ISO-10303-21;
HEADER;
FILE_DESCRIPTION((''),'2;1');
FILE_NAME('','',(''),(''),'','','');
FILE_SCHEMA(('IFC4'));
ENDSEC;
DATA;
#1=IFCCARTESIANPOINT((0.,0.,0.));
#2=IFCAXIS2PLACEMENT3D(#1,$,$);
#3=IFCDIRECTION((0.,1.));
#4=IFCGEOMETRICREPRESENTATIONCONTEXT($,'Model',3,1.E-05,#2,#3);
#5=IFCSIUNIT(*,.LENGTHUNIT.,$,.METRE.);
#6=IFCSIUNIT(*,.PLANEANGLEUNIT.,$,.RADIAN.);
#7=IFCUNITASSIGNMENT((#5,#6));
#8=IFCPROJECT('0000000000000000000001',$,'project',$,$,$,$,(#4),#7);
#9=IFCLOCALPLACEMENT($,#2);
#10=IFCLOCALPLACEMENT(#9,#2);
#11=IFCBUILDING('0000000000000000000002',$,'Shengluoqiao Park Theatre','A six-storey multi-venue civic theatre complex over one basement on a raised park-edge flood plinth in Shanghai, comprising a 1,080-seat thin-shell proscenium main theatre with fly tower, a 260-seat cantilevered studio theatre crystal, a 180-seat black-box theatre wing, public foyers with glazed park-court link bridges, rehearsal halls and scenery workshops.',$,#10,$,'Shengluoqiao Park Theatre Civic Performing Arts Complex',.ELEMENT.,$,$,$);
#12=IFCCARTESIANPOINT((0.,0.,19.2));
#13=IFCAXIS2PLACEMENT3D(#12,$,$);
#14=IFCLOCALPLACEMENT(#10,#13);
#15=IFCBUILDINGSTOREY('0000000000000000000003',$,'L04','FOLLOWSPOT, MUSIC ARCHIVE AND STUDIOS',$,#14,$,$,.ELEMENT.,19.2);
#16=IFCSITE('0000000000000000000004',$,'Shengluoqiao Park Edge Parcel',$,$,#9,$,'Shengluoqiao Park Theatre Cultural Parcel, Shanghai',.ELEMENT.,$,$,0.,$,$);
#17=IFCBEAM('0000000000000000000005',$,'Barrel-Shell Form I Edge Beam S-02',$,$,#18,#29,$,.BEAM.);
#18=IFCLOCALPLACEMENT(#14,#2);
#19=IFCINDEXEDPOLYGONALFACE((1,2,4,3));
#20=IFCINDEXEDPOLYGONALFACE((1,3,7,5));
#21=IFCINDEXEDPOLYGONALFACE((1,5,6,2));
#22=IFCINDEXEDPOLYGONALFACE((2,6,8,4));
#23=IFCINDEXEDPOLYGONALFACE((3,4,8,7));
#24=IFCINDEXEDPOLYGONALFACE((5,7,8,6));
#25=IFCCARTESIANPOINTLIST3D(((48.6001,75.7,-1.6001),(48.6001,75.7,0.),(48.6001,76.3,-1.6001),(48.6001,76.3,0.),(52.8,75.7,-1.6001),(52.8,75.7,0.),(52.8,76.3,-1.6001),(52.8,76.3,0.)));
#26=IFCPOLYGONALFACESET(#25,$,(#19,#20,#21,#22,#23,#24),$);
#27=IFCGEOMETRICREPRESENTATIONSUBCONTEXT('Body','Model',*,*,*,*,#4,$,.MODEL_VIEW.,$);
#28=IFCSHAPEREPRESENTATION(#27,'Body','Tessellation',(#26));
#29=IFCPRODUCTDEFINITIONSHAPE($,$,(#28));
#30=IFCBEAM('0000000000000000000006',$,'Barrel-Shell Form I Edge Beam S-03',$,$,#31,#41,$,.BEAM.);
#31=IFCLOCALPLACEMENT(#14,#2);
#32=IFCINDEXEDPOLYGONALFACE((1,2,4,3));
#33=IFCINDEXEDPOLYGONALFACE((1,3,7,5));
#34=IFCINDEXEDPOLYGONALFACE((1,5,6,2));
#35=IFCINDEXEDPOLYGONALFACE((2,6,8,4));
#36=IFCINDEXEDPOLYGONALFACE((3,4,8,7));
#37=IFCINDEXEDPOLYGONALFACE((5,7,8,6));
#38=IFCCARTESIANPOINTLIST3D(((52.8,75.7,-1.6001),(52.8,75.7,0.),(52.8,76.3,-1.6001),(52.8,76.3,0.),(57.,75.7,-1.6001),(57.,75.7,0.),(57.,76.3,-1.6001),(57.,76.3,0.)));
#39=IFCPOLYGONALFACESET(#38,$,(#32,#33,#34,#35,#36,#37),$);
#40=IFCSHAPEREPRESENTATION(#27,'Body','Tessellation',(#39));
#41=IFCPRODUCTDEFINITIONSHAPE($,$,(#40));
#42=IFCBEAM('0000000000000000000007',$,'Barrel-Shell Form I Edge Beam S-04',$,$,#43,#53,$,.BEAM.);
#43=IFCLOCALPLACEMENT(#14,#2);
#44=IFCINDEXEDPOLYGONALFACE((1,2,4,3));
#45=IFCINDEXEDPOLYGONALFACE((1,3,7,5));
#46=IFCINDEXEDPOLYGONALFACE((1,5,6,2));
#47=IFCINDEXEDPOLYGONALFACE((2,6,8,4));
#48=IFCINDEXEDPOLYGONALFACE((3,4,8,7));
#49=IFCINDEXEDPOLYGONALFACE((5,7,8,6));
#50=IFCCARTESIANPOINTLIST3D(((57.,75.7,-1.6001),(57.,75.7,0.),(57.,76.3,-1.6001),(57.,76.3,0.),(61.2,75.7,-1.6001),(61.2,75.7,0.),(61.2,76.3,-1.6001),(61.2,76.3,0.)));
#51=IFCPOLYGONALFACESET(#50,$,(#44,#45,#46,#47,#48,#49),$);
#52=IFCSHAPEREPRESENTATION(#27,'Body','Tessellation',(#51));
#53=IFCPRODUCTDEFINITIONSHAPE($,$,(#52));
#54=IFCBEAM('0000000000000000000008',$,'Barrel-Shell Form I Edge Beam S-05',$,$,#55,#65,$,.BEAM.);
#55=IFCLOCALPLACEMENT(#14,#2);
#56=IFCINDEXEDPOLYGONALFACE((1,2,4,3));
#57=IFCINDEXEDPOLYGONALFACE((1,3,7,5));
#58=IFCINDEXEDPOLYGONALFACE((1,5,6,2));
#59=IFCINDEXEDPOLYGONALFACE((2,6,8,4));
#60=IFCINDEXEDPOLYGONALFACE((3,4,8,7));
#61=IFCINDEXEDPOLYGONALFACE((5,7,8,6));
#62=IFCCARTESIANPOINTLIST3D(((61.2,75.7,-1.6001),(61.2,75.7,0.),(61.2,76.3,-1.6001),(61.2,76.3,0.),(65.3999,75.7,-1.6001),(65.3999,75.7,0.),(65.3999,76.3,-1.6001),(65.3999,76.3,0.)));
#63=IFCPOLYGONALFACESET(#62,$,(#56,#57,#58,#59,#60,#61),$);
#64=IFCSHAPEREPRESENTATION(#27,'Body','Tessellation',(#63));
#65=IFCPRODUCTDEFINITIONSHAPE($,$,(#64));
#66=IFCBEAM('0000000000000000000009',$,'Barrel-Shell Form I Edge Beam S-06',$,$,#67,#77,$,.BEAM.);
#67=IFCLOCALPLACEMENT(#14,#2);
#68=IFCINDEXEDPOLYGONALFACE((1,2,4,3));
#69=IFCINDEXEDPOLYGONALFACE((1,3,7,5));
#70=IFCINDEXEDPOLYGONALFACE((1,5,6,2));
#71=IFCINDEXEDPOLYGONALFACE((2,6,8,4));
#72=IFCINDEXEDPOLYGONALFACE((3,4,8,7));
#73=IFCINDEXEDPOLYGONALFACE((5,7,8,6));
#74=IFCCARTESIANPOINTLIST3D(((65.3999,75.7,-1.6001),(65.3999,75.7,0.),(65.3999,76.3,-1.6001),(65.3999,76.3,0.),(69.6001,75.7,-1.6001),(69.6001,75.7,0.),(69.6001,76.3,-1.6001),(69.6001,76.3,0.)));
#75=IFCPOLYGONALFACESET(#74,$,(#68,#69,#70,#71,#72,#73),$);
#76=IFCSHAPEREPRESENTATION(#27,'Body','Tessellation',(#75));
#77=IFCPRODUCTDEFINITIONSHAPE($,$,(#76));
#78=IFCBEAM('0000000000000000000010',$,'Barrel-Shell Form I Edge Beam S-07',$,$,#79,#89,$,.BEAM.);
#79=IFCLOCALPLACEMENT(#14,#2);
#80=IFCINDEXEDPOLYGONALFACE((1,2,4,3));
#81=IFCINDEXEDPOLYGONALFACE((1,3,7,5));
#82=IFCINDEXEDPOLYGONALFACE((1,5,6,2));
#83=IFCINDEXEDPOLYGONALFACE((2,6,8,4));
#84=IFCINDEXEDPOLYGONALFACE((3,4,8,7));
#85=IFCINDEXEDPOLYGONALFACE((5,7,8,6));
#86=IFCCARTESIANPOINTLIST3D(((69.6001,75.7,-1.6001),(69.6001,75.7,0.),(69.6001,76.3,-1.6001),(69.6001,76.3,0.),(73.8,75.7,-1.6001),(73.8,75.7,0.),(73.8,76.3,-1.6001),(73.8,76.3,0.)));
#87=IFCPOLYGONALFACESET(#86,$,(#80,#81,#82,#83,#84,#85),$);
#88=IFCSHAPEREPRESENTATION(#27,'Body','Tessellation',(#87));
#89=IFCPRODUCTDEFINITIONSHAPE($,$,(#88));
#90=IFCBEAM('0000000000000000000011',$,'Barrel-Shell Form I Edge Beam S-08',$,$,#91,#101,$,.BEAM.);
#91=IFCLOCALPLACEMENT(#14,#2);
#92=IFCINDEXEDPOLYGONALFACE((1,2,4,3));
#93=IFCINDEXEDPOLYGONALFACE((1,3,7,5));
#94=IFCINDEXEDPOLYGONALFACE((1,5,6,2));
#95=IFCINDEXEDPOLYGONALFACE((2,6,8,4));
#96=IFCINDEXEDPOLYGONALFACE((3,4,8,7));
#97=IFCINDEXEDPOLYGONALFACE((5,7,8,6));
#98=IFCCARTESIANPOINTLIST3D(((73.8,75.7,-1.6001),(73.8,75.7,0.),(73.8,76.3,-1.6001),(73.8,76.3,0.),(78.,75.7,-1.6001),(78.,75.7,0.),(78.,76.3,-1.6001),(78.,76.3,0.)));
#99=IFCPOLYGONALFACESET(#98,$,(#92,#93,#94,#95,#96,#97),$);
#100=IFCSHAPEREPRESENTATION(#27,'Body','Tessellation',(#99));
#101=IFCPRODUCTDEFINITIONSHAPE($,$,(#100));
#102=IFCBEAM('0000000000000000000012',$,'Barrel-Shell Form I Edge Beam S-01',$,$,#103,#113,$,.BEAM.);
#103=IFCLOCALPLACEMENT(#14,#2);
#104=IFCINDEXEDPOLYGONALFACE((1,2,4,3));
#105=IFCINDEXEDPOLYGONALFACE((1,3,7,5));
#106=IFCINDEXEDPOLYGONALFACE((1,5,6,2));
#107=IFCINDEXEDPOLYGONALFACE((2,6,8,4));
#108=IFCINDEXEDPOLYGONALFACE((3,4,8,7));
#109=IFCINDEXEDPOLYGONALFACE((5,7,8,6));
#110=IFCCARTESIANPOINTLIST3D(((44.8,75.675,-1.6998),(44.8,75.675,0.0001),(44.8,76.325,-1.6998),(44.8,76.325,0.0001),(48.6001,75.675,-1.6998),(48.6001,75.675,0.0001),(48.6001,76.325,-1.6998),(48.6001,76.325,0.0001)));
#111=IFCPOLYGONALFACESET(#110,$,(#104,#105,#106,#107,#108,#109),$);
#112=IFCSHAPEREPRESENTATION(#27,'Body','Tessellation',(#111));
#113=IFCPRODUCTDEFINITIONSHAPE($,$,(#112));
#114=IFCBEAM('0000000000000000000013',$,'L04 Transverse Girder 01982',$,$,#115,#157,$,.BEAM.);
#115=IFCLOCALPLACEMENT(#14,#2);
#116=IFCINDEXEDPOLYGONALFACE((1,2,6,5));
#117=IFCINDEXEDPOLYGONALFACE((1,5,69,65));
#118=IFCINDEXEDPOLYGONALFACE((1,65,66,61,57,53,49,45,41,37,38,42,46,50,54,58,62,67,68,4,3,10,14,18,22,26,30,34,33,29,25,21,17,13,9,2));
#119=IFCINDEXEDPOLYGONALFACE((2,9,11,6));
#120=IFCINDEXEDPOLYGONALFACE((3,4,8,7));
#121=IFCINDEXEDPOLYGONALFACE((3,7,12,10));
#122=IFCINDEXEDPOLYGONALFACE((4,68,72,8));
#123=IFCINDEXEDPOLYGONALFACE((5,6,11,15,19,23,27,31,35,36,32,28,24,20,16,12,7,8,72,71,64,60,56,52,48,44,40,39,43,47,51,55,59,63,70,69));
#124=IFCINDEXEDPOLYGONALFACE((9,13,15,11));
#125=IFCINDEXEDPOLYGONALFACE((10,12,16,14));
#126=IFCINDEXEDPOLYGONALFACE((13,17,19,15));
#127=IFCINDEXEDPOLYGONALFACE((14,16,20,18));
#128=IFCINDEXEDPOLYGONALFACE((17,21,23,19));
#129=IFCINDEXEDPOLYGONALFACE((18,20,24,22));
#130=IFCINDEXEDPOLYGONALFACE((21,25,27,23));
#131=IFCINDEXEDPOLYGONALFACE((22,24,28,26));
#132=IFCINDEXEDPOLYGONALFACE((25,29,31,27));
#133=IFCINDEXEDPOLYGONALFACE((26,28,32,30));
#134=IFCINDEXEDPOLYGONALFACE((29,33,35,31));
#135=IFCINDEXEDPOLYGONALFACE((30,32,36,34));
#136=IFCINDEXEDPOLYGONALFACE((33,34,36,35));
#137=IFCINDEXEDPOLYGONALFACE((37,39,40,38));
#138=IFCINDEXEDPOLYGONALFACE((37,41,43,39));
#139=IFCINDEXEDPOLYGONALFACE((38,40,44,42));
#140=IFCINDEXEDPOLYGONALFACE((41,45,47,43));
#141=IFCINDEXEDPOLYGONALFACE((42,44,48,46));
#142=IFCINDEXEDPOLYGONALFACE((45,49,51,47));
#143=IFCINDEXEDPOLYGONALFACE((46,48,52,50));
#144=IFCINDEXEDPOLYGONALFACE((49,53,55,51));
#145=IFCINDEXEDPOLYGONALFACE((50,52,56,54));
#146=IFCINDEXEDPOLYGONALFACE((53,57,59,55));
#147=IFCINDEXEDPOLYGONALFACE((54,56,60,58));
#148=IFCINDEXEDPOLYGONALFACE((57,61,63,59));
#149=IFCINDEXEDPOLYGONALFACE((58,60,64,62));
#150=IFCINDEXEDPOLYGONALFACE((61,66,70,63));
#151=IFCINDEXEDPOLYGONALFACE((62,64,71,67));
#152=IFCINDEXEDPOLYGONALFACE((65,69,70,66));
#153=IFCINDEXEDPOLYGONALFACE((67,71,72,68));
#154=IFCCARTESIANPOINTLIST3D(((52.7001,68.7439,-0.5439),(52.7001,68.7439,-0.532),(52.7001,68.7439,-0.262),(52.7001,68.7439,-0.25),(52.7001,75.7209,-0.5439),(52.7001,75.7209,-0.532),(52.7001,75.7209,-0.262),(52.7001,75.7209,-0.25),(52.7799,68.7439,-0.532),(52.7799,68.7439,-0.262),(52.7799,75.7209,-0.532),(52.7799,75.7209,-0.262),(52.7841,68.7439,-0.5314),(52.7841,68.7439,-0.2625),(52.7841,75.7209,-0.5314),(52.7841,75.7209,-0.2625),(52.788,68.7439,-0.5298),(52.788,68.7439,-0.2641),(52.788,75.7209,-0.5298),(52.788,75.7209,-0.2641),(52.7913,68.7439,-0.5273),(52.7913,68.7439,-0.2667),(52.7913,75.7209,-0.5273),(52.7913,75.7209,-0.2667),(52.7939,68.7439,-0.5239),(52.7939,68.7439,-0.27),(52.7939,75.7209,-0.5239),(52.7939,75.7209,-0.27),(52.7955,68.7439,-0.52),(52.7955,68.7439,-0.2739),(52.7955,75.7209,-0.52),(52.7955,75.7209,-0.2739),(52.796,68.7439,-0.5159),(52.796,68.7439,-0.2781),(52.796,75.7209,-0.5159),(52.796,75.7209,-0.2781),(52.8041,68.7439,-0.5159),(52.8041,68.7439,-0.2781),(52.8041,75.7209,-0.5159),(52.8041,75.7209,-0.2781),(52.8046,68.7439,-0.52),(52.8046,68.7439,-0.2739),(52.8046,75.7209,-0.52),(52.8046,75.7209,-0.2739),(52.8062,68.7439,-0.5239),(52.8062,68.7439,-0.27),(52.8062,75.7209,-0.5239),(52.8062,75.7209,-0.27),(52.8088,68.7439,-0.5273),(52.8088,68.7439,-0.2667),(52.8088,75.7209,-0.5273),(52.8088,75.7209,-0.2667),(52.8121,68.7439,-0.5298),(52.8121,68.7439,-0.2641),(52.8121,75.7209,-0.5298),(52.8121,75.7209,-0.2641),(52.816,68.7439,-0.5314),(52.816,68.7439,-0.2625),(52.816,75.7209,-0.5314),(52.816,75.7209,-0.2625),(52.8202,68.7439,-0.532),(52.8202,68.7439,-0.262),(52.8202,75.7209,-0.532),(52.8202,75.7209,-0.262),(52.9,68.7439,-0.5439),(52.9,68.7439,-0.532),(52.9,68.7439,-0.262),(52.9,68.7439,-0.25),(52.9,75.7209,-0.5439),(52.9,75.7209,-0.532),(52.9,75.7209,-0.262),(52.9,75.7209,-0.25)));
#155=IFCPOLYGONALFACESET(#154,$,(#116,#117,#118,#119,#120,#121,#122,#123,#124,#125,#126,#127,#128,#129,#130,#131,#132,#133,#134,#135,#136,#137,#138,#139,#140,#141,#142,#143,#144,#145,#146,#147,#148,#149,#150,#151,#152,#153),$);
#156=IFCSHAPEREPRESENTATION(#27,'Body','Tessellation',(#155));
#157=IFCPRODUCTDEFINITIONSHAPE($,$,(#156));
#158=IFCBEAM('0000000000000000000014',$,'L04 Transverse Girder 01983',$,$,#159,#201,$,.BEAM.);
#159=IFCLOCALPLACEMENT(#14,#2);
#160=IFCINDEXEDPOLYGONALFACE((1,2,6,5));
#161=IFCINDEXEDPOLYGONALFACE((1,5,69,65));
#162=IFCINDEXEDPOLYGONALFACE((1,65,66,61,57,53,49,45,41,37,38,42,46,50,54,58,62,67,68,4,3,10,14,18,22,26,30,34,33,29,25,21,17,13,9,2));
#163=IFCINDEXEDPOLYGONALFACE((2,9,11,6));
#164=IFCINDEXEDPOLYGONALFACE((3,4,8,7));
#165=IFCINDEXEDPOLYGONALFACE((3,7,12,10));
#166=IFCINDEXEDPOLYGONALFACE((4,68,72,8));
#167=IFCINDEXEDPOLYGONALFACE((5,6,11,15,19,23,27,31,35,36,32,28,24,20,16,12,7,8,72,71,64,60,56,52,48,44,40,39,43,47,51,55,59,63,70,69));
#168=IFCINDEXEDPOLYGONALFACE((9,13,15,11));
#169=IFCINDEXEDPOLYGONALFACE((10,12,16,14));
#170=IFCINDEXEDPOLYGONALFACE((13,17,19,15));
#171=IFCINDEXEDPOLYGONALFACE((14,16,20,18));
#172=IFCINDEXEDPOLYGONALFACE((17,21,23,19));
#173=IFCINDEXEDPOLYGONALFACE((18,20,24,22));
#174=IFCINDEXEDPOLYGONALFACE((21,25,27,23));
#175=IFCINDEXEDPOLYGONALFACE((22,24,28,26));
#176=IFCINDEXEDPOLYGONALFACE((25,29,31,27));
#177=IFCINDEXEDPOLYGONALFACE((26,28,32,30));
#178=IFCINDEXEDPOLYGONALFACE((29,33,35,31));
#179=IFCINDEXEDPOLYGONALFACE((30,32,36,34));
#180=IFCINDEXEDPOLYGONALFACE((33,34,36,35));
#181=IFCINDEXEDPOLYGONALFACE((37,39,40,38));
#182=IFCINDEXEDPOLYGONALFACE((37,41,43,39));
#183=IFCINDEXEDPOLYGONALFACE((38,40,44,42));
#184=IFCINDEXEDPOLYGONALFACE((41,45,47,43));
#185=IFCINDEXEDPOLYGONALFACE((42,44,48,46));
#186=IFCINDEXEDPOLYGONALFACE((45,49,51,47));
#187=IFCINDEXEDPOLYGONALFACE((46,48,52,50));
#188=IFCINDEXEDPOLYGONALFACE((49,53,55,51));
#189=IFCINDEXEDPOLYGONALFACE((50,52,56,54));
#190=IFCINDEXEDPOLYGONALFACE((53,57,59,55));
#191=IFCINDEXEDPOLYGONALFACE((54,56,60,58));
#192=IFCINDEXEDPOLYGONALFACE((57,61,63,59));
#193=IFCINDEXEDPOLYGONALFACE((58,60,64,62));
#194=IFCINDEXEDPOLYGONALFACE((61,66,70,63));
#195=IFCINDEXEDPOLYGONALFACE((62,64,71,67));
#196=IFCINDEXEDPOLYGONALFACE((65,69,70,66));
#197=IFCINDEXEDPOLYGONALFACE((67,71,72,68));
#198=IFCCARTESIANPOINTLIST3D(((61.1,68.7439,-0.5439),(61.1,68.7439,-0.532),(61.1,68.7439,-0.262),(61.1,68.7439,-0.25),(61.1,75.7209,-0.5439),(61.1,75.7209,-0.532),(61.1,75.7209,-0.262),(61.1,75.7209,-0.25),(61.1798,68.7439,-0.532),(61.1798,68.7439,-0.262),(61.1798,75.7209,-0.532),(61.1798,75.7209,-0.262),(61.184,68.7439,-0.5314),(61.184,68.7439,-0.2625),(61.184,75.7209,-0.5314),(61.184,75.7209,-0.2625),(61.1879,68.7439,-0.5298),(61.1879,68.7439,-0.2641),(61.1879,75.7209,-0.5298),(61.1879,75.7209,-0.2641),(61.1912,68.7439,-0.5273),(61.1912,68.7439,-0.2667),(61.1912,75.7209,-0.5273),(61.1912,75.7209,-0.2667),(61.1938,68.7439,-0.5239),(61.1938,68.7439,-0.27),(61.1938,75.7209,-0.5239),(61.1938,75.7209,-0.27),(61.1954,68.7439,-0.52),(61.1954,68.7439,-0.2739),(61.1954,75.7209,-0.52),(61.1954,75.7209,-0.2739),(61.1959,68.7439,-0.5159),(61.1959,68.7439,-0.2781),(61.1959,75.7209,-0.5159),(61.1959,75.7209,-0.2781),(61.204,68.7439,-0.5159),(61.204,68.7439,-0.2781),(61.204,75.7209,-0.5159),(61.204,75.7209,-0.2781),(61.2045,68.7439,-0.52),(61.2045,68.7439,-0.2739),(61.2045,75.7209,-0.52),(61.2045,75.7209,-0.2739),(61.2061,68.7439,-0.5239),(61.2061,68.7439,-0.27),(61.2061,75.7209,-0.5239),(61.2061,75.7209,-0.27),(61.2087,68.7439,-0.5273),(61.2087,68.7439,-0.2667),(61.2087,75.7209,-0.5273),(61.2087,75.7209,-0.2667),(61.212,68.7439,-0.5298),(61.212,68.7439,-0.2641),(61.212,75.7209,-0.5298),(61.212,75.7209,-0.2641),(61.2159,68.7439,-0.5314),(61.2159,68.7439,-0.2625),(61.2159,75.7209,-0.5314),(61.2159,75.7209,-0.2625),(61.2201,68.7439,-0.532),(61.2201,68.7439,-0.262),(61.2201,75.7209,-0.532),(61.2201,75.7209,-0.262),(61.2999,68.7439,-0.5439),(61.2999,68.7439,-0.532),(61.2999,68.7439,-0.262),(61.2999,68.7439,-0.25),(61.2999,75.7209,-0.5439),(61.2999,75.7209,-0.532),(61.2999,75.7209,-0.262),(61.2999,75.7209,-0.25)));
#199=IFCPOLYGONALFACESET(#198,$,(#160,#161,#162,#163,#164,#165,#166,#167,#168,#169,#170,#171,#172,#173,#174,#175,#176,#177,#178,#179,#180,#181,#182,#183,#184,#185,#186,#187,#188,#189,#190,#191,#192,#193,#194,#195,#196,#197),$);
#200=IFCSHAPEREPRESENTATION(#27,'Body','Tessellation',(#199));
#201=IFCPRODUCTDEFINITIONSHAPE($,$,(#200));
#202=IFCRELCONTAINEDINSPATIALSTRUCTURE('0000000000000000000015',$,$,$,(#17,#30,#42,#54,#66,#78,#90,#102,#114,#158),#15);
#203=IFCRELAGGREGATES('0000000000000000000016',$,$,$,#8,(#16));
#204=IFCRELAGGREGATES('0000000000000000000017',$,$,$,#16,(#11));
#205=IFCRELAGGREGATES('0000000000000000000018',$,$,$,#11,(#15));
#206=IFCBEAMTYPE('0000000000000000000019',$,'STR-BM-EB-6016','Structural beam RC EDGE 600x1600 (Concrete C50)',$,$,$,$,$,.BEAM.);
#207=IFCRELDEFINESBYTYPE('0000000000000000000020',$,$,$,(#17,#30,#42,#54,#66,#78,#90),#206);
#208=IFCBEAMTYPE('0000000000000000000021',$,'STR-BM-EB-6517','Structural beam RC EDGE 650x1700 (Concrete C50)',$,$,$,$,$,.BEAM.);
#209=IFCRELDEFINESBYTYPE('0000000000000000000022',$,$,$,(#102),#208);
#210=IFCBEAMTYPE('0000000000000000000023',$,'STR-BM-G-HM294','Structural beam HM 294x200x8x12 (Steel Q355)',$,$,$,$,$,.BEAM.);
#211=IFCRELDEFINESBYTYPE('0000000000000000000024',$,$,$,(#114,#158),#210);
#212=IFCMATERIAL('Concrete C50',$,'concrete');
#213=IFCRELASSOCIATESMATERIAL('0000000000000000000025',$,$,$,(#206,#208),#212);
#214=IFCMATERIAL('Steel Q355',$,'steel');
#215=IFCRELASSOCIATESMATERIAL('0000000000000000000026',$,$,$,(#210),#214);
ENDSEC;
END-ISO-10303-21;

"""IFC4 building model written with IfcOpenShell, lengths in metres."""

from ifc_helpers import new_model, si_unit, direction, frame, origin, origin_2d, place, context, subcontext, project, spatial, rectangle, i_section, extrude, material, material_profile, profile_set, type_object, element, save


model = new_model("IFC4")

# Units and contexts
model_context = context("Model", 3, precision=1e-05, world=origin(), true_north=direction((0.0, 1.0)))
body_context = subcontext(model_context, "Body", "Model", "MODEL_VIEW")
ifc_project = project(units=[si_unit("LENGTHUNIT", "METRE"), si_unit("PLANEANGLEUNIT", "RADIAN")], contexts=[model_context])

# Site, building, storey
site_placement = place(None, origin())
site = spatial("IfcSite", under=ifc_project, at=site_placement, Name="Shengluoqiao Park Edge Parcel", LongName="Shengluoqiao Park Theatre Cultural Parcel, Shanghai", CompositionType="ELEMENT", RefElevation=0.0)
building_placement = place(site_placement, origin())
building = spatial("IfcBuilding", under=site, at=building_placement, Name="Shengluoqiao Park Theatre", Description="A six-storey multi-venue civic theatre complex over one basement on a raised park-edge flood plinth in Shanghai, comprising a 1,080-seat thin-shell proscenium main theatre with fly tower, a 260-seat cantilevered studio theatre crystal, a 180-seat black-box theatre wing, public foyers with glazed park-court link bridges, rehearsal halls and scenery workshops.", LongName="Shengluoqiao Park Theatre Civic Performing Arts Complex", CompositionType="ELEMENT")
storey_placement = place(building_placement, frame((0.0, 0.0, 19.2)))
storey = spatial("IfcBuildingStorey", under=building, at=storey_placement, Name="L04", Description="FOLLOWSPOT, MUSIC ARCHIVE AND STUDIOS", CompositionType="ELEMENT", Elevation=19.2)

# Beams
ifc_material_1 = material(Name="Concrete C50", Category="concrete")
ifc_material_profile_1 = material_profile(ifc_material_1, rectangle(XDim=0.6001, YDim=1.6001, at=origin_2d()), Name="RC EDGE 600x1600")
ifc_profile_set_1 = profile_set([ifc_material_profile_1], Name="Concrete C50")
beam_type_1 = type_object("IfcBeamType", Name="STR-BM-EB-6016", Description="Structural beam RC EDGE 600x1600 (Concrete C50)", PredefinedType="BEAM", material=ifc_profile_set_1)
for number, where, z_axis, x_axis, name in (
    (1, (48.6001, 76.0, -0.8), (1.0, 0.0, 0.0), (0.0, 1.0, 0.0), "Barrel-Shell Form I Edge Beam S-02"),
    (2, (52.8, 76.0, -0.8), (1.0, 0.0, 0.0), (0.0, 1.0, 0.0), "Barrel-Shell Form I Edge Beam S-03"),
    (3, (57.0, 76.0, -0.8), (1.0, 0.0, 0.0), (0.0, 1.0, 0.0), "Barrel-Shell Form I Edge Beam S-04"),
    (4, (61.2, 76.0, -0.8), (1.0, 0.0, 0.0), (0.0, 1.0, 0.0), "Barrel-Shell Form I Edge Beam S-05"),
):
    element("IfcBeam", number, at=place(storey_placement, frame(where, z_axis=z_axis, x_axis=x_axis)), inside=storey, type_object=beam_type_1, Name=name, PredefinedType="BEAM", context=body_context, shape_type="SweptSolid", body=[
        extrude(rectangle(XDim=0.6001, YDim=1.6001, at=origin_2d()), origin(), (0.0, 0.0, 1.0), 4.2),
    ])
beam_1_placement = place(storey_placement, frame((65.3999, 76.0, -0.8), z_axis=(1.0, 0.0, 0.0), x_axis=(0.0, 1.0, 0.0)))
element("IfcBeam", 5, at=beam_1_placement, inside=storey, type_object=beam_type_1, Name="Barrel-Shell Form I Edge Beam S-06", PredefinedType="BEAM", context=body_context, shape_type="SweptSolid", body=[
    extrude(rectangle(XDim=0.6001, YDim=1.6001, at=origin_2d()), origin(), (0.0, 0.0, 1.0), 4.2002),
])
for number, where, z_axis, x_axis, name in (
    (6, (69.6001, 76.0, -0.8), (1.0, 0.0, 0.0), (0.0, 1.0, 0.0), "Barrel-Shell Form I Edge Beam S-07"),
    (7, (73.8, 76.0, -0.8), (1.0, 0.0, 0.0), (0.0, 1.0, 0.0), "Barrel-Shell Form I Edge Beam S-08"),
):
    element("IfcBeam", number, at=place(storey_placement, frame(where, z_axis=z_axis, x_axis=x_axis)), inside=storey, type_object=beam_type_1, Name=name, PredefinedType="BEAM", context=body_context, shape_type="SweptSolid", body=[
        extrude(rectangle(XDim=0.6001, YDim=1.6001, at=origin_2d()), origin(), (0.0, 0.0, 1.0), 4.2),
    ])
ifc_material_profile_2 = material_profile(ifc_material_1, rectangle(XDim=0.6499, YDim=1.7, at=origin_2d()), Name="RC EDGE 650x1700")
ifc_profile_set_2 = profile_set([ifc_material_profile_2], Name="Concrete C50")
beam_type_2 = type_object("IfcBeamType", Name="STR-BM-EB-6517", Description="Structural beam RC EDGE 650x1700 (Concrete C50)", PredefinedType="BEAM", material=ifc_profile_set_2)
beam_2_placement = place(storey_placement, frame((44.8, 76.0, -0.8499), z_axis=(1.0, 0.0, 0.0), x_axis=(0.0, 1.0, 0.0)))
element("IfcBeam", 8, at=beam_2_placement, inside=storey, type_object=beam_type_2, Name="Barrel-Shell Form I Edge Beam S-01", PredefinedType="BEAM", context=body_context, shape_type="SweptSolid", body=[
    extrude(rectangle(XDim=0.6499, YDim=1.7, at=origin_2d()), origin(), (0.0, 0.0, 1.0), 3.8),
])
ifc_material_2 = material(Name="Steel Q355", Category="steel")
ifc_material_profile_3 = material_profile(ifc_material_2, i_section(OverallWidth=0.2, OverallDepth=0.2939, WebThickness=0.0081, FlangeThickness=0.012, FilletRadius=0.0161, at=origin_2d()), Name="HM 294x200x8x12")
ifc_profile_set_3 = profile_set([ifc_material_profile_3], Name="Steel Q355")
beam_type_3 = type_object("IfcBeamType", Name="STR-BM-G-HM294", Description="Structural beam HM 294x200x8x12 (Steel Q355)", PredefinedType="BEAM", material=ifc_profile_set_3)
for number, where, z_axis, x_axis, name in (
    (9, (52.8, 68.7439, -0.397), (0.0, 1.0, 0.0), (-1.0, 0.0, 0.0), "L04 Transverse Girder 01982"),
    (10, (61.2, 68.7439, -0.397), (0.0, 1.0, 0.0), (-1.0, 0.0, 0.0), "L04 Transverse Girder 01983"),
):
    element("IfcBeam", number, at=place(storey_placement, frame(where, z_axis=z_axis, x_axis=x_axis)), inside=storey, type_object=beam_type_3, Name=name, PredefinedType="BEAM", context=body_context, shape_type="SweptSolid", body=[
        extrude(i_section(OverallWidth=0.2, OverallDepth=0.2939, WebThickness=0.0081, FlangeThickness=0.012, FilletRadius=0.0161, at=origin_2d()), origin(), (0.0, 0.0, 1.0), 6.9771),
    ])

save(model, "model.ifc")
